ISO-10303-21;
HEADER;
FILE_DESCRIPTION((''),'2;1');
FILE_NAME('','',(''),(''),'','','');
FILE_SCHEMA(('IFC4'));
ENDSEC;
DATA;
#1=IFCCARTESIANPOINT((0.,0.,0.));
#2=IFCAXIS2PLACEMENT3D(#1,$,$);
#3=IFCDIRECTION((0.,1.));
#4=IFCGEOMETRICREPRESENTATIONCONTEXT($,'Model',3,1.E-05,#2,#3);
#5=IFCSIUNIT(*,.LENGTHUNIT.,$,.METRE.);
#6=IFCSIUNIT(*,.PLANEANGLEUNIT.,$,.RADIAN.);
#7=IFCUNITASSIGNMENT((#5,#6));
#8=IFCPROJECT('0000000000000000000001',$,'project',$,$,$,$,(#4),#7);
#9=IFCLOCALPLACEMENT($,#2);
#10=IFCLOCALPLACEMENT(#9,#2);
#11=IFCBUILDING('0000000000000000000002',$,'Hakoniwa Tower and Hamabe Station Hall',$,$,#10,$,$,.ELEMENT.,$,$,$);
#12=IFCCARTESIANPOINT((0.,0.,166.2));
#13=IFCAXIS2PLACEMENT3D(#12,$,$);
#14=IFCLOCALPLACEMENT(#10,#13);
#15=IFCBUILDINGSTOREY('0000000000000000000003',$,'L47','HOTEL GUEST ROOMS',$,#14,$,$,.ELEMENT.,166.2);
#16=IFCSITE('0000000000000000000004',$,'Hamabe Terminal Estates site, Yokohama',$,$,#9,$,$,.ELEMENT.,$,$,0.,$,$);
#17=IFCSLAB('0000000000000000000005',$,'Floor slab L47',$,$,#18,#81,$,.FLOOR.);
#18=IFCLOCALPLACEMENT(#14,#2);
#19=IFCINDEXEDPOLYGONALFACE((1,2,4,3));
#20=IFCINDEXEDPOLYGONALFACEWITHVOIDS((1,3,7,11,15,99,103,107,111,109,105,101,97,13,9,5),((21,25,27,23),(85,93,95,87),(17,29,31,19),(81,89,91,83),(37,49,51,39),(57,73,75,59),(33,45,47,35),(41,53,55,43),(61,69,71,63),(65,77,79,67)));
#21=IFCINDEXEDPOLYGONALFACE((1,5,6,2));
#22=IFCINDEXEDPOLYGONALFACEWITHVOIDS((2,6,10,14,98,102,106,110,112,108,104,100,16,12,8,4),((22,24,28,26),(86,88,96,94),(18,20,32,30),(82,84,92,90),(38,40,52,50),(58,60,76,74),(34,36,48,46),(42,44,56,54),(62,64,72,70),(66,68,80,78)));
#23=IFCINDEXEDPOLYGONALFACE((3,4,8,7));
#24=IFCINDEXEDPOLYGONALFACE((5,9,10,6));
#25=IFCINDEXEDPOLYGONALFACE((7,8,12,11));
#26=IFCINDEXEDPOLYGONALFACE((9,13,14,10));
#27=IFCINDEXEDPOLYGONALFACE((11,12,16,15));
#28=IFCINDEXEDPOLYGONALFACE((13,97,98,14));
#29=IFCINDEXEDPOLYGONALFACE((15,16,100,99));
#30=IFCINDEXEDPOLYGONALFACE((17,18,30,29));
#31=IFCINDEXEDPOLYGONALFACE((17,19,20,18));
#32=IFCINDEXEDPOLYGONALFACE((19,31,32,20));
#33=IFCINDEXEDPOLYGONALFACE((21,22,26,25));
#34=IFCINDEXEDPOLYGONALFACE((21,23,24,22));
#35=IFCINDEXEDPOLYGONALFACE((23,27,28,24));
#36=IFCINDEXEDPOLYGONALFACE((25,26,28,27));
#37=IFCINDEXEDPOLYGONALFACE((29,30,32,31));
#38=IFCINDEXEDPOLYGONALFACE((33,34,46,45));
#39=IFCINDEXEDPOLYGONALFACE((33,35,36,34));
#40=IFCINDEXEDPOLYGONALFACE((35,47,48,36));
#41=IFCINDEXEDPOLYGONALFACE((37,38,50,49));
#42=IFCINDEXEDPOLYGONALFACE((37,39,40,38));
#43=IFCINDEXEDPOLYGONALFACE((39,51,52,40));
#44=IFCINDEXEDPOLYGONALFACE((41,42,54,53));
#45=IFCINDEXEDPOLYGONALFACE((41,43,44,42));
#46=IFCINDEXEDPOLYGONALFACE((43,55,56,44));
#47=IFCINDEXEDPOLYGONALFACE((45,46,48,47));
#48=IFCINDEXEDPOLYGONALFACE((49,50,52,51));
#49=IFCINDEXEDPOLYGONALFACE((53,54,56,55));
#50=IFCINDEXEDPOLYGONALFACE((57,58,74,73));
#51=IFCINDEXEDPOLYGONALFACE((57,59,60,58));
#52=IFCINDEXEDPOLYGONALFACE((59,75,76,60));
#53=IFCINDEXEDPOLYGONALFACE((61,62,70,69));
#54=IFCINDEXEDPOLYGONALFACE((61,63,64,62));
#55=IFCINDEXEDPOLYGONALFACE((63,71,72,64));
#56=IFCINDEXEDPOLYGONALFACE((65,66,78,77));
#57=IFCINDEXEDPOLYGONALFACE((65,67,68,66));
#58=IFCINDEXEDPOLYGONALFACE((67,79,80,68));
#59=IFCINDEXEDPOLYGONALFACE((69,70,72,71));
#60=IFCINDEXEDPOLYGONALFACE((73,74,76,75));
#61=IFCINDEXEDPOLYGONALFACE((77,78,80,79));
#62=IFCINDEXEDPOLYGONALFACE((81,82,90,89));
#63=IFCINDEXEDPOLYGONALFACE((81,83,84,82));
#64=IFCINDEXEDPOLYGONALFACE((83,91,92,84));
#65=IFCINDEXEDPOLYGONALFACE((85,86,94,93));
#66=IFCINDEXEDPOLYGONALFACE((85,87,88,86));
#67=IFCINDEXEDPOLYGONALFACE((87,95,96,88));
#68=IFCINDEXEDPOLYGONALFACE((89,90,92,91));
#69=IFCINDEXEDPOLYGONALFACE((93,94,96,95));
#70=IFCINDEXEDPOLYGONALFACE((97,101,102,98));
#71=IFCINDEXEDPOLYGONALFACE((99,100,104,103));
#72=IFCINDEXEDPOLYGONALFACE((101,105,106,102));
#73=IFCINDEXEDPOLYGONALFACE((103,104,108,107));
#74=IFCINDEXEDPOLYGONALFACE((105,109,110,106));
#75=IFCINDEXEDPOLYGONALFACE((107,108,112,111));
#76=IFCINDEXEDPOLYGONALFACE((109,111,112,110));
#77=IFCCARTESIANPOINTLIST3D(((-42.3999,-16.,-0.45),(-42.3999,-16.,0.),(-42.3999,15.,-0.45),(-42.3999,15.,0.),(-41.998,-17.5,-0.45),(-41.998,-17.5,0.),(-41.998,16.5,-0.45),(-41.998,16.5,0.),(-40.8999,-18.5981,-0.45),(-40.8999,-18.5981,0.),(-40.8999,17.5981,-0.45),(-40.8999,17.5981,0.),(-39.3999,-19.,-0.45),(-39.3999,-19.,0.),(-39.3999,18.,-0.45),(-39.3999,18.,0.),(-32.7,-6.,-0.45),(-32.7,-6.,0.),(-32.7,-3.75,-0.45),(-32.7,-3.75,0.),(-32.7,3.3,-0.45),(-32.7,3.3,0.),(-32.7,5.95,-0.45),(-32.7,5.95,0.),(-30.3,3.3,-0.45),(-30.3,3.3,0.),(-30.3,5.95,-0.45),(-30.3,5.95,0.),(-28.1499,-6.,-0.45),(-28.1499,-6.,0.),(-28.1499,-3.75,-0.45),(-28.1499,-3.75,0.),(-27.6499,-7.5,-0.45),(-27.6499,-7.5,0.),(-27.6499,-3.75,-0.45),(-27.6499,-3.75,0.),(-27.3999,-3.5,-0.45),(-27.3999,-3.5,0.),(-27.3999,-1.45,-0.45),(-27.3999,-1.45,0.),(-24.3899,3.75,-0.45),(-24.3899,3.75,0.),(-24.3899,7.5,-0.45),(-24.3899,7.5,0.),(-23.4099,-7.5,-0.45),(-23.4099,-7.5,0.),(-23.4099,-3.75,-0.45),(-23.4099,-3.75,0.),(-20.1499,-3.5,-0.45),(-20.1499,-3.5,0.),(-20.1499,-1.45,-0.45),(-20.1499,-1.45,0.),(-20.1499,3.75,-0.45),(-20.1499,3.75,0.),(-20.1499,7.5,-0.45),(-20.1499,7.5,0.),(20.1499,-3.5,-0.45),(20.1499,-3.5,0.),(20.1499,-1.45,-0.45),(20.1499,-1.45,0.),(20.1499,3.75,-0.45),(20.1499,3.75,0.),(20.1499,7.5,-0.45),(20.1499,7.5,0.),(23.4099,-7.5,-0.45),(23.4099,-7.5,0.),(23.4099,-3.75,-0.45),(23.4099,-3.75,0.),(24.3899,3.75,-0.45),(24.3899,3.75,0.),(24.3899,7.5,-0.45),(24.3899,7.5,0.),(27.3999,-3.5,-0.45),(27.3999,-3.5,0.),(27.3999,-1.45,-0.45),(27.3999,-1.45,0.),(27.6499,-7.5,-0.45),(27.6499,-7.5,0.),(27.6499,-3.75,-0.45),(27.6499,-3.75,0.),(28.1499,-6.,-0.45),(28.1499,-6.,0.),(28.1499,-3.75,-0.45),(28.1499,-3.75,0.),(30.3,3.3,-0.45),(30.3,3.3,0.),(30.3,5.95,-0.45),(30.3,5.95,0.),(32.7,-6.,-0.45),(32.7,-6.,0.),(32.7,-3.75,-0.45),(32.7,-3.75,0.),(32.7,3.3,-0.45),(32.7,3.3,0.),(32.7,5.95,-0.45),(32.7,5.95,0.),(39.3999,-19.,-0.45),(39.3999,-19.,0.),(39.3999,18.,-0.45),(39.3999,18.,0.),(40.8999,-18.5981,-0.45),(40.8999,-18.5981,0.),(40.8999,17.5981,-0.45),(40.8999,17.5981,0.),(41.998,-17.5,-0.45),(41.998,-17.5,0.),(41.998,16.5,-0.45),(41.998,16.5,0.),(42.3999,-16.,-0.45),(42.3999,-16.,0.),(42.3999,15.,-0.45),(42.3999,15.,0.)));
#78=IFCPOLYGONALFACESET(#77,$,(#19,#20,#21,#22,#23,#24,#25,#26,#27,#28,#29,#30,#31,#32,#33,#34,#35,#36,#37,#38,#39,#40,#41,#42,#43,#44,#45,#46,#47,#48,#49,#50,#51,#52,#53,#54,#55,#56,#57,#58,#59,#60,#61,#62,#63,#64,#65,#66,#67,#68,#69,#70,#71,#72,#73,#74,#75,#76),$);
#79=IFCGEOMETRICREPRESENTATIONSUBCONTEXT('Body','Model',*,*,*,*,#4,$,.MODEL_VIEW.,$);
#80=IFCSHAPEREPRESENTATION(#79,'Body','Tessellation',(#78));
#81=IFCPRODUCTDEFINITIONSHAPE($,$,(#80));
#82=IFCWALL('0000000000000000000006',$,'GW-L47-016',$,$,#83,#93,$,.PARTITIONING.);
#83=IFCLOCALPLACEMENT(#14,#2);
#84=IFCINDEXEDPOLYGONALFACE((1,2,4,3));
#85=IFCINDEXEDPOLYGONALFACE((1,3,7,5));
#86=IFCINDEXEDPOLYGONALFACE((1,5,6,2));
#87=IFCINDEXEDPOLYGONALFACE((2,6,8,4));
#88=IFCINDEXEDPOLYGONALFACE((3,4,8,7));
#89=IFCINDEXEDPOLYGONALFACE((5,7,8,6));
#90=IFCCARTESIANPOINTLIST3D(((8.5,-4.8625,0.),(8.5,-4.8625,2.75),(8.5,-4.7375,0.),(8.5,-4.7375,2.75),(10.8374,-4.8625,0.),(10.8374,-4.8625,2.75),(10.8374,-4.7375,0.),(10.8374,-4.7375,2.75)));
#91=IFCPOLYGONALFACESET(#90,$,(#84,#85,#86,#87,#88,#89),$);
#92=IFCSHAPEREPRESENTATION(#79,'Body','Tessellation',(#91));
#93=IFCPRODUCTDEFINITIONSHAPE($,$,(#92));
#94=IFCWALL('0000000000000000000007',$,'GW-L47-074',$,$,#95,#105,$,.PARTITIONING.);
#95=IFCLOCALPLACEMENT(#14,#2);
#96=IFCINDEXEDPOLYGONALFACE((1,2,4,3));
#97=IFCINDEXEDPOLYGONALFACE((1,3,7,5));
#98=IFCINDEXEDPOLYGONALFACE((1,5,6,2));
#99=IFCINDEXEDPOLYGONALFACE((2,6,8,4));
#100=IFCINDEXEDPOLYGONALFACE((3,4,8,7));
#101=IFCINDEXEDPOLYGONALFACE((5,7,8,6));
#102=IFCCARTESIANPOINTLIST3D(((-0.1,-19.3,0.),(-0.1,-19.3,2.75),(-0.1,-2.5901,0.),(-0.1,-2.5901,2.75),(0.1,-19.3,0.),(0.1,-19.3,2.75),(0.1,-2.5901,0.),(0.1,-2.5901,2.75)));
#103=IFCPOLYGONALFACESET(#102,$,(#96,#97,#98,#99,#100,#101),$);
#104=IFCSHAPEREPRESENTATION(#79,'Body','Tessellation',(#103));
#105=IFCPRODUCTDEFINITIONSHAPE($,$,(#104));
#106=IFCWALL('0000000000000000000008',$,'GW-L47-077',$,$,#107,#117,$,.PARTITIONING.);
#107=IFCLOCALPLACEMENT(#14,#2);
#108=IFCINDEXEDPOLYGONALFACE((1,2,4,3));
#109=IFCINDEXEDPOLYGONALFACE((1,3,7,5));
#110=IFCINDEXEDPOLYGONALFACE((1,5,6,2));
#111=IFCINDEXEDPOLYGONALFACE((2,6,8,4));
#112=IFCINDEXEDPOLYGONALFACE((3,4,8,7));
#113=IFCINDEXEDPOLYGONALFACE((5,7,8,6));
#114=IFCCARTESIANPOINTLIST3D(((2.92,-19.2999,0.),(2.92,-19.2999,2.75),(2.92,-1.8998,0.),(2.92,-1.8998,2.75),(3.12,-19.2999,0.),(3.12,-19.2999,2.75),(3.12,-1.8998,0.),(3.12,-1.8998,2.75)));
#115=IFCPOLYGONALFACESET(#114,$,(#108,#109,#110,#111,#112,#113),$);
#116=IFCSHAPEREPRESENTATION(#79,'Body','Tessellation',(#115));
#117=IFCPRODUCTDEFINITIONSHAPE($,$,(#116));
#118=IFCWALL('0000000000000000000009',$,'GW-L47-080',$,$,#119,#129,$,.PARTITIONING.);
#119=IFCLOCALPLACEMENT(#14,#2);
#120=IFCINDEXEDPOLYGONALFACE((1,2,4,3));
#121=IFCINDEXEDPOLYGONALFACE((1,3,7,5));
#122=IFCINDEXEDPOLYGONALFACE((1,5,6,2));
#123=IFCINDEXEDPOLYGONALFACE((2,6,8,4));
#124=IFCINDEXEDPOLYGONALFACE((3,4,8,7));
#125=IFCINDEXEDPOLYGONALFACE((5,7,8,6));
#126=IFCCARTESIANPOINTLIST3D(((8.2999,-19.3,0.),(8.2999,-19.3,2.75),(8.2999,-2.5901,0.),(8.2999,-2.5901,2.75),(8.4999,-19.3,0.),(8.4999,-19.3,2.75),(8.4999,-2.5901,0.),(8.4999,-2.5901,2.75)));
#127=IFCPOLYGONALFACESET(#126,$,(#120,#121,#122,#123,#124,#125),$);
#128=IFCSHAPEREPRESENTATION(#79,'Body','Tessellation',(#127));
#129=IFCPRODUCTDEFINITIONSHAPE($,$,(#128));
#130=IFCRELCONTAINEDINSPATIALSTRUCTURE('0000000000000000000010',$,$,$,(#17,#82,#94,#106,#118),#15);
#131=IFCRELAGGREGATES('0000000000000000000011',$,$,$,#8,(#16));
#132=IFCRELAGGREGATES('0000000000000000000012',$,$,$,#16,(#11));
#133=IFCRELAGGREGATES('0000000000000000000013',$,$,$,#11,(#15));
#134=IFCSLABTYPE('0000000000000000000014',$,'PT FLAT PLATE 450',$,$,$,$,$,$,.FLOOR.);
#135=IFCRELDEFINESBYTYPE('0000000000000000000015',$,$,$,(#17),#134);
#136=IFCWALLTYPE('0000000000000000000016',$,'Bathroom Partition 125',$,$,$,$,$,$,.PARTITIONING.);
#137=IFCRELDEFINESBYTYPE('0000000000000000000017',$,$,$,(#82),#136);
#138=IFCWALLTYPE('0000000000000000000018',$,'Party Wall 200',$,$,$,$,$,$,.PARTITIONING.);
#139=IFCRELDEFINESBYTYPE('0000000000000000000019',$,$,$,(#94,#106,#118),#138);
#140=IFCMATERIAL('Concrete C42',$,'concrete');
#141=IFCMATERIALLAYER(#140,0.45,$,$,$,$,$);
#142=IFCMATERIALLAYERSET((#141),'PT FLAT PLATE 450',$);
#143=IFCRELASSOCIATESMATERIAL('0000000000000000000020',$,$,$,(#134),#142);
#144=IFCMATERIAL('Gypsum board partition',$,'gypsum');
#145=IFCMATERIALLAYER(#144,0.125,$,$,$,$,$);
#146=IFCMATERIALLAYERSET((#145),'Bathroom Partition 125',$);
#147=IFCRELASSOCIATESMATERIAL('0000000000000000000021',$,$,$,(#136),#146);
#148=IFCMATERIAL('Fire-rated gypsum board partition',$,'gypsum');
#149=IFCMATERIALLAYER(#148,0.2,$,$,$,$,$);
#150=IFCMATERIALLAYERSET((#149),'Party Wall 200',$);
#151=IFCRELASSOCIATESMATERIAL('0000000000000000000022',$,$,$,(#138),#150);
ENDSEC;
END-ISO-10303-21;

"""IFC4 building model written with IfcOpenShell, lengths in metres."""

from ifc_helpers import new_model, si_unit, direction, frame, frame_2d, origin, place, context, subcontext, project, spatial, polyline, rectangle, outline, extrude, material, layer, layer_set, type_object, element, save


model = new_model("IFC4")

# Units and contexts
model_context = context("Model", 3, precision=1e-05, world=origin(), true_north=direction((0.0, 1.0)))
body_context = subcontext(model_context, "Body", "Model", "MODEL_VIEW")
ifc_project = project(units=[si_unit("LENGTHUNIT", "METRE"), si_unit("PLANEANGLEUNIT", "RADIAN")], contexts=[model_context])

# Site, building, storey
site_placement = place(None, origin())
site = spatial("IfcSite", under=ifc_project, at=site_placement, Name="Hamabe Terminal Estates site, Yokohama", CompositionType="ELEMENT", RefElevation=0.0)
building_placement = place(site_placement, origin())
building = spatial("IfcBuilding", under=site, at=building_placement, Name="Hakoniwa Tower and Hamabe Station Hall", CompositionType="ELEMENT")
storey_placement = place(building_placement, frame((0.0, 0.0, 166.2)))
storey = spatial("IfcBuildingStorey", under=building, at=storey_placement, Name="L47", Description="HOTEL GUEST ROOMS", CompositionType="ELEMENT", Elevation=166.2)

# Slab
ifc_material_1 = material(Name="Concrete C42", Category="concrete")
ifc_layer_1 = layer(ifc_material_1, 0.45)
ifc_layer_set_1 = layer_set([ifc_layer_1], Name="PT FLAT PLATE 450")
slab_type = type_object("IfcSlabType", Name="PT FLAT PLATE 450", PredefinedType="FLOOR", material=ifc_layer_set_1)
slab_placement = place(storey_placement, frame((0.0, 0.0, -0.45)))
element("IfcSlab", 1, at=slab_placement, inside=storey, type_object=slab_type, Name="Floor slab L47", PredefinedType="FLOOR", context=body_context, shape_type="SweptSolid", body=[
    extrude(outline(polyline([(42.3999, -16.0), (42.3999, 15.0), (41.998, 16.5), (40.8999, 17.5981), (39.3999, 18.0), (-39.3999, 18.0), (-40.8999, 17.5981), (-41.998, 16.5), (-42.3999, 15.0), (-42.3999, -16.0), (-41.998, -17.5), (-40.8999, -18.5981), (-39.3999, -19.0), (39.3999, -19.0), (40.8999, -18.5981), (41.998, -17.5), (42.3999, -16.0)]), holes=[polyline([(-27.3999, -3.5), (-27.3999, -1.45), (-20.1499, -1.45), (-20.1499, -3.5), (-27.3999, -3.5)]), polyline([(-32.7, 3.3), (-32.7, 5.95), (-30.3, 5.95), (-30.3, 3.3), (-32.7, 3.3)]), polyline([(-32.7, -6.0), (-32.7, -3.75), (-28.1499, -3.75), (-28.1499, -6.0), (-32.7, -6.0)]), polyline([(-24.3899, 3.75), (-24.3899, 7.5), (-20.1499, 7.5), (-20.1499, 3.75), (-24.3899, 3.75)]), polyline([(-27.6499, -7.5), (-27.6499, -3.75), (-23.4099, -3.75), (-23.4099, -7.5), (-27.6499, -7.5)]), polyline([(20.1499, -3.5), (20.1499, -1.45), (27.3999, -1.45), (27.3999, -3.5), (20.1499, -3.5)]), polyline([(30.3, 3.3), (30.3, 5.95), (32.7, 5.95), (32.7, 3.3), (30.3, 3.3)]), polyline([(28.1499, -6.0), (28.1499, -3.75), (32.7, -3.75), (32.7, -6.0), (28.1499, -6.0)]), polyline([(20.1499, 3.75), (20.1499, 7.5), (24.3899, 7.5), (24.3899, 3.75), (20.1499, 3.75)]), polyline([(23.4099, -7.5), (23.4099, -3.75), (27.6499, -3.75), (27.6499, -7.5), (23.4099, -7.5)])]), origin(), (0.0, 0.0, 1.0), 0.45),
])

# Walls
ifc_material_2 = material(Name="Gypsum board partition", Category="gypsum")
ifc_layer_2 = layer(ifc_material_2, 0.125)
ifc_layer_set_2 = layer_set([ifc_layer_2], Name="Bathroom Partition 125")
wall_type_1 = type_object("IfcWallType", Name="Bathroom Partition 125", PredefinedType="PARTITIONING", material=ifc_layer_set_2)
wall_1_placement = place(storey_placement, frame((8.5, -4.8, 0.0), z_axis=(0.0, 0.0, 1.0), x_axis=(1.0, 0.0, 0.0)))
element("IfcWall", 2, at=wall_1_placement, inside=storey, type_object=wall_type_1, Name="GW-L47-016", PredefinedType="PARTITIONING", context=body_context, shape_type="SweptSolid", body=[
    extrude(rectangle(XDim=2.3374, YDim=0.125, at=frame_2d((1.1687, 0.0))), origin(), (0.0, 0.0, 1.0), 2.75),
])
ifc_material_3 = material(Name="Fire-rated gypsum board partition", Category="gypsum")
ifc_layer_3 = layer(ifc_material_3, 0.2)
ifc_layer_set_3 = layer_set([ifc_layer_3], Name="Party Wall 200")
wall_type_2 = type_object("IfcWallType", Name="Party Wall 200", PredefinedType="PARTITIONING", material=ifc_layer_set_3)
wall_2_placement = place(storey_placement, frame((0.0, -19.3, 0.0), z_axis=(0.0, 0.0, 1.0), x_axis=(0.0, 1.0, 0.0)))
element("IfcWall", 3, at=wall_2_placement, inside=storey, type_object=wall_type_2, Name="GW-L47-074", PredefinedType="PARTITIONING", context=body_context, shape_type="SweptSolid", body=[
    extrude(rectangle(XDim=16.71, YDim=0.2, at=frame_2d((8.355, 0.0))), origin(), (0.0, 0.0, 1.0), 2.75),
])
wall_3_placement = place(storey_placement, frame((3.02, -19.3, 0.0), z_axis=(0.0, 0.0, 1.0), x_axis=(0.0, 1.0, 0.0)))
element("IfcWall", 4, at=wall_3_placement, inside=storey, type_object=wall_type_2, Name="GW-L47-077", PredefinedType="PARTITIONING", context=body_context, shape_type="SweptSolid", body=[
    extrude(rectangle(XDim=17.4001, YDim=0.2, at=frame_2d((8.7002, 0.0))), origin(), (0.0, 0.0, 1.0), 2.75),
])
wall_4_placement = place(storey_placement, frame((8.3999, -19.3, 0.0), z_axis=(0.0, 0.0, 1.0), x_axis=(0.0, 1.0, 0.0)))
element("IfcWall", 5, at=wall_4_placement, inside=storey, type_object=wall_type_2, Name="GW-L47-080", PredefinedType="PARTITIONING", context=body_context, shape_type="SweptSolid", body=[
    extrude(rectangle(XDim=16.71, YDim=0.2, at=frame_2d((8.355, 0.0))), origin(), (0.0, 0.0, 1.0), 2.75),
])

save(model, "model.ifc")
